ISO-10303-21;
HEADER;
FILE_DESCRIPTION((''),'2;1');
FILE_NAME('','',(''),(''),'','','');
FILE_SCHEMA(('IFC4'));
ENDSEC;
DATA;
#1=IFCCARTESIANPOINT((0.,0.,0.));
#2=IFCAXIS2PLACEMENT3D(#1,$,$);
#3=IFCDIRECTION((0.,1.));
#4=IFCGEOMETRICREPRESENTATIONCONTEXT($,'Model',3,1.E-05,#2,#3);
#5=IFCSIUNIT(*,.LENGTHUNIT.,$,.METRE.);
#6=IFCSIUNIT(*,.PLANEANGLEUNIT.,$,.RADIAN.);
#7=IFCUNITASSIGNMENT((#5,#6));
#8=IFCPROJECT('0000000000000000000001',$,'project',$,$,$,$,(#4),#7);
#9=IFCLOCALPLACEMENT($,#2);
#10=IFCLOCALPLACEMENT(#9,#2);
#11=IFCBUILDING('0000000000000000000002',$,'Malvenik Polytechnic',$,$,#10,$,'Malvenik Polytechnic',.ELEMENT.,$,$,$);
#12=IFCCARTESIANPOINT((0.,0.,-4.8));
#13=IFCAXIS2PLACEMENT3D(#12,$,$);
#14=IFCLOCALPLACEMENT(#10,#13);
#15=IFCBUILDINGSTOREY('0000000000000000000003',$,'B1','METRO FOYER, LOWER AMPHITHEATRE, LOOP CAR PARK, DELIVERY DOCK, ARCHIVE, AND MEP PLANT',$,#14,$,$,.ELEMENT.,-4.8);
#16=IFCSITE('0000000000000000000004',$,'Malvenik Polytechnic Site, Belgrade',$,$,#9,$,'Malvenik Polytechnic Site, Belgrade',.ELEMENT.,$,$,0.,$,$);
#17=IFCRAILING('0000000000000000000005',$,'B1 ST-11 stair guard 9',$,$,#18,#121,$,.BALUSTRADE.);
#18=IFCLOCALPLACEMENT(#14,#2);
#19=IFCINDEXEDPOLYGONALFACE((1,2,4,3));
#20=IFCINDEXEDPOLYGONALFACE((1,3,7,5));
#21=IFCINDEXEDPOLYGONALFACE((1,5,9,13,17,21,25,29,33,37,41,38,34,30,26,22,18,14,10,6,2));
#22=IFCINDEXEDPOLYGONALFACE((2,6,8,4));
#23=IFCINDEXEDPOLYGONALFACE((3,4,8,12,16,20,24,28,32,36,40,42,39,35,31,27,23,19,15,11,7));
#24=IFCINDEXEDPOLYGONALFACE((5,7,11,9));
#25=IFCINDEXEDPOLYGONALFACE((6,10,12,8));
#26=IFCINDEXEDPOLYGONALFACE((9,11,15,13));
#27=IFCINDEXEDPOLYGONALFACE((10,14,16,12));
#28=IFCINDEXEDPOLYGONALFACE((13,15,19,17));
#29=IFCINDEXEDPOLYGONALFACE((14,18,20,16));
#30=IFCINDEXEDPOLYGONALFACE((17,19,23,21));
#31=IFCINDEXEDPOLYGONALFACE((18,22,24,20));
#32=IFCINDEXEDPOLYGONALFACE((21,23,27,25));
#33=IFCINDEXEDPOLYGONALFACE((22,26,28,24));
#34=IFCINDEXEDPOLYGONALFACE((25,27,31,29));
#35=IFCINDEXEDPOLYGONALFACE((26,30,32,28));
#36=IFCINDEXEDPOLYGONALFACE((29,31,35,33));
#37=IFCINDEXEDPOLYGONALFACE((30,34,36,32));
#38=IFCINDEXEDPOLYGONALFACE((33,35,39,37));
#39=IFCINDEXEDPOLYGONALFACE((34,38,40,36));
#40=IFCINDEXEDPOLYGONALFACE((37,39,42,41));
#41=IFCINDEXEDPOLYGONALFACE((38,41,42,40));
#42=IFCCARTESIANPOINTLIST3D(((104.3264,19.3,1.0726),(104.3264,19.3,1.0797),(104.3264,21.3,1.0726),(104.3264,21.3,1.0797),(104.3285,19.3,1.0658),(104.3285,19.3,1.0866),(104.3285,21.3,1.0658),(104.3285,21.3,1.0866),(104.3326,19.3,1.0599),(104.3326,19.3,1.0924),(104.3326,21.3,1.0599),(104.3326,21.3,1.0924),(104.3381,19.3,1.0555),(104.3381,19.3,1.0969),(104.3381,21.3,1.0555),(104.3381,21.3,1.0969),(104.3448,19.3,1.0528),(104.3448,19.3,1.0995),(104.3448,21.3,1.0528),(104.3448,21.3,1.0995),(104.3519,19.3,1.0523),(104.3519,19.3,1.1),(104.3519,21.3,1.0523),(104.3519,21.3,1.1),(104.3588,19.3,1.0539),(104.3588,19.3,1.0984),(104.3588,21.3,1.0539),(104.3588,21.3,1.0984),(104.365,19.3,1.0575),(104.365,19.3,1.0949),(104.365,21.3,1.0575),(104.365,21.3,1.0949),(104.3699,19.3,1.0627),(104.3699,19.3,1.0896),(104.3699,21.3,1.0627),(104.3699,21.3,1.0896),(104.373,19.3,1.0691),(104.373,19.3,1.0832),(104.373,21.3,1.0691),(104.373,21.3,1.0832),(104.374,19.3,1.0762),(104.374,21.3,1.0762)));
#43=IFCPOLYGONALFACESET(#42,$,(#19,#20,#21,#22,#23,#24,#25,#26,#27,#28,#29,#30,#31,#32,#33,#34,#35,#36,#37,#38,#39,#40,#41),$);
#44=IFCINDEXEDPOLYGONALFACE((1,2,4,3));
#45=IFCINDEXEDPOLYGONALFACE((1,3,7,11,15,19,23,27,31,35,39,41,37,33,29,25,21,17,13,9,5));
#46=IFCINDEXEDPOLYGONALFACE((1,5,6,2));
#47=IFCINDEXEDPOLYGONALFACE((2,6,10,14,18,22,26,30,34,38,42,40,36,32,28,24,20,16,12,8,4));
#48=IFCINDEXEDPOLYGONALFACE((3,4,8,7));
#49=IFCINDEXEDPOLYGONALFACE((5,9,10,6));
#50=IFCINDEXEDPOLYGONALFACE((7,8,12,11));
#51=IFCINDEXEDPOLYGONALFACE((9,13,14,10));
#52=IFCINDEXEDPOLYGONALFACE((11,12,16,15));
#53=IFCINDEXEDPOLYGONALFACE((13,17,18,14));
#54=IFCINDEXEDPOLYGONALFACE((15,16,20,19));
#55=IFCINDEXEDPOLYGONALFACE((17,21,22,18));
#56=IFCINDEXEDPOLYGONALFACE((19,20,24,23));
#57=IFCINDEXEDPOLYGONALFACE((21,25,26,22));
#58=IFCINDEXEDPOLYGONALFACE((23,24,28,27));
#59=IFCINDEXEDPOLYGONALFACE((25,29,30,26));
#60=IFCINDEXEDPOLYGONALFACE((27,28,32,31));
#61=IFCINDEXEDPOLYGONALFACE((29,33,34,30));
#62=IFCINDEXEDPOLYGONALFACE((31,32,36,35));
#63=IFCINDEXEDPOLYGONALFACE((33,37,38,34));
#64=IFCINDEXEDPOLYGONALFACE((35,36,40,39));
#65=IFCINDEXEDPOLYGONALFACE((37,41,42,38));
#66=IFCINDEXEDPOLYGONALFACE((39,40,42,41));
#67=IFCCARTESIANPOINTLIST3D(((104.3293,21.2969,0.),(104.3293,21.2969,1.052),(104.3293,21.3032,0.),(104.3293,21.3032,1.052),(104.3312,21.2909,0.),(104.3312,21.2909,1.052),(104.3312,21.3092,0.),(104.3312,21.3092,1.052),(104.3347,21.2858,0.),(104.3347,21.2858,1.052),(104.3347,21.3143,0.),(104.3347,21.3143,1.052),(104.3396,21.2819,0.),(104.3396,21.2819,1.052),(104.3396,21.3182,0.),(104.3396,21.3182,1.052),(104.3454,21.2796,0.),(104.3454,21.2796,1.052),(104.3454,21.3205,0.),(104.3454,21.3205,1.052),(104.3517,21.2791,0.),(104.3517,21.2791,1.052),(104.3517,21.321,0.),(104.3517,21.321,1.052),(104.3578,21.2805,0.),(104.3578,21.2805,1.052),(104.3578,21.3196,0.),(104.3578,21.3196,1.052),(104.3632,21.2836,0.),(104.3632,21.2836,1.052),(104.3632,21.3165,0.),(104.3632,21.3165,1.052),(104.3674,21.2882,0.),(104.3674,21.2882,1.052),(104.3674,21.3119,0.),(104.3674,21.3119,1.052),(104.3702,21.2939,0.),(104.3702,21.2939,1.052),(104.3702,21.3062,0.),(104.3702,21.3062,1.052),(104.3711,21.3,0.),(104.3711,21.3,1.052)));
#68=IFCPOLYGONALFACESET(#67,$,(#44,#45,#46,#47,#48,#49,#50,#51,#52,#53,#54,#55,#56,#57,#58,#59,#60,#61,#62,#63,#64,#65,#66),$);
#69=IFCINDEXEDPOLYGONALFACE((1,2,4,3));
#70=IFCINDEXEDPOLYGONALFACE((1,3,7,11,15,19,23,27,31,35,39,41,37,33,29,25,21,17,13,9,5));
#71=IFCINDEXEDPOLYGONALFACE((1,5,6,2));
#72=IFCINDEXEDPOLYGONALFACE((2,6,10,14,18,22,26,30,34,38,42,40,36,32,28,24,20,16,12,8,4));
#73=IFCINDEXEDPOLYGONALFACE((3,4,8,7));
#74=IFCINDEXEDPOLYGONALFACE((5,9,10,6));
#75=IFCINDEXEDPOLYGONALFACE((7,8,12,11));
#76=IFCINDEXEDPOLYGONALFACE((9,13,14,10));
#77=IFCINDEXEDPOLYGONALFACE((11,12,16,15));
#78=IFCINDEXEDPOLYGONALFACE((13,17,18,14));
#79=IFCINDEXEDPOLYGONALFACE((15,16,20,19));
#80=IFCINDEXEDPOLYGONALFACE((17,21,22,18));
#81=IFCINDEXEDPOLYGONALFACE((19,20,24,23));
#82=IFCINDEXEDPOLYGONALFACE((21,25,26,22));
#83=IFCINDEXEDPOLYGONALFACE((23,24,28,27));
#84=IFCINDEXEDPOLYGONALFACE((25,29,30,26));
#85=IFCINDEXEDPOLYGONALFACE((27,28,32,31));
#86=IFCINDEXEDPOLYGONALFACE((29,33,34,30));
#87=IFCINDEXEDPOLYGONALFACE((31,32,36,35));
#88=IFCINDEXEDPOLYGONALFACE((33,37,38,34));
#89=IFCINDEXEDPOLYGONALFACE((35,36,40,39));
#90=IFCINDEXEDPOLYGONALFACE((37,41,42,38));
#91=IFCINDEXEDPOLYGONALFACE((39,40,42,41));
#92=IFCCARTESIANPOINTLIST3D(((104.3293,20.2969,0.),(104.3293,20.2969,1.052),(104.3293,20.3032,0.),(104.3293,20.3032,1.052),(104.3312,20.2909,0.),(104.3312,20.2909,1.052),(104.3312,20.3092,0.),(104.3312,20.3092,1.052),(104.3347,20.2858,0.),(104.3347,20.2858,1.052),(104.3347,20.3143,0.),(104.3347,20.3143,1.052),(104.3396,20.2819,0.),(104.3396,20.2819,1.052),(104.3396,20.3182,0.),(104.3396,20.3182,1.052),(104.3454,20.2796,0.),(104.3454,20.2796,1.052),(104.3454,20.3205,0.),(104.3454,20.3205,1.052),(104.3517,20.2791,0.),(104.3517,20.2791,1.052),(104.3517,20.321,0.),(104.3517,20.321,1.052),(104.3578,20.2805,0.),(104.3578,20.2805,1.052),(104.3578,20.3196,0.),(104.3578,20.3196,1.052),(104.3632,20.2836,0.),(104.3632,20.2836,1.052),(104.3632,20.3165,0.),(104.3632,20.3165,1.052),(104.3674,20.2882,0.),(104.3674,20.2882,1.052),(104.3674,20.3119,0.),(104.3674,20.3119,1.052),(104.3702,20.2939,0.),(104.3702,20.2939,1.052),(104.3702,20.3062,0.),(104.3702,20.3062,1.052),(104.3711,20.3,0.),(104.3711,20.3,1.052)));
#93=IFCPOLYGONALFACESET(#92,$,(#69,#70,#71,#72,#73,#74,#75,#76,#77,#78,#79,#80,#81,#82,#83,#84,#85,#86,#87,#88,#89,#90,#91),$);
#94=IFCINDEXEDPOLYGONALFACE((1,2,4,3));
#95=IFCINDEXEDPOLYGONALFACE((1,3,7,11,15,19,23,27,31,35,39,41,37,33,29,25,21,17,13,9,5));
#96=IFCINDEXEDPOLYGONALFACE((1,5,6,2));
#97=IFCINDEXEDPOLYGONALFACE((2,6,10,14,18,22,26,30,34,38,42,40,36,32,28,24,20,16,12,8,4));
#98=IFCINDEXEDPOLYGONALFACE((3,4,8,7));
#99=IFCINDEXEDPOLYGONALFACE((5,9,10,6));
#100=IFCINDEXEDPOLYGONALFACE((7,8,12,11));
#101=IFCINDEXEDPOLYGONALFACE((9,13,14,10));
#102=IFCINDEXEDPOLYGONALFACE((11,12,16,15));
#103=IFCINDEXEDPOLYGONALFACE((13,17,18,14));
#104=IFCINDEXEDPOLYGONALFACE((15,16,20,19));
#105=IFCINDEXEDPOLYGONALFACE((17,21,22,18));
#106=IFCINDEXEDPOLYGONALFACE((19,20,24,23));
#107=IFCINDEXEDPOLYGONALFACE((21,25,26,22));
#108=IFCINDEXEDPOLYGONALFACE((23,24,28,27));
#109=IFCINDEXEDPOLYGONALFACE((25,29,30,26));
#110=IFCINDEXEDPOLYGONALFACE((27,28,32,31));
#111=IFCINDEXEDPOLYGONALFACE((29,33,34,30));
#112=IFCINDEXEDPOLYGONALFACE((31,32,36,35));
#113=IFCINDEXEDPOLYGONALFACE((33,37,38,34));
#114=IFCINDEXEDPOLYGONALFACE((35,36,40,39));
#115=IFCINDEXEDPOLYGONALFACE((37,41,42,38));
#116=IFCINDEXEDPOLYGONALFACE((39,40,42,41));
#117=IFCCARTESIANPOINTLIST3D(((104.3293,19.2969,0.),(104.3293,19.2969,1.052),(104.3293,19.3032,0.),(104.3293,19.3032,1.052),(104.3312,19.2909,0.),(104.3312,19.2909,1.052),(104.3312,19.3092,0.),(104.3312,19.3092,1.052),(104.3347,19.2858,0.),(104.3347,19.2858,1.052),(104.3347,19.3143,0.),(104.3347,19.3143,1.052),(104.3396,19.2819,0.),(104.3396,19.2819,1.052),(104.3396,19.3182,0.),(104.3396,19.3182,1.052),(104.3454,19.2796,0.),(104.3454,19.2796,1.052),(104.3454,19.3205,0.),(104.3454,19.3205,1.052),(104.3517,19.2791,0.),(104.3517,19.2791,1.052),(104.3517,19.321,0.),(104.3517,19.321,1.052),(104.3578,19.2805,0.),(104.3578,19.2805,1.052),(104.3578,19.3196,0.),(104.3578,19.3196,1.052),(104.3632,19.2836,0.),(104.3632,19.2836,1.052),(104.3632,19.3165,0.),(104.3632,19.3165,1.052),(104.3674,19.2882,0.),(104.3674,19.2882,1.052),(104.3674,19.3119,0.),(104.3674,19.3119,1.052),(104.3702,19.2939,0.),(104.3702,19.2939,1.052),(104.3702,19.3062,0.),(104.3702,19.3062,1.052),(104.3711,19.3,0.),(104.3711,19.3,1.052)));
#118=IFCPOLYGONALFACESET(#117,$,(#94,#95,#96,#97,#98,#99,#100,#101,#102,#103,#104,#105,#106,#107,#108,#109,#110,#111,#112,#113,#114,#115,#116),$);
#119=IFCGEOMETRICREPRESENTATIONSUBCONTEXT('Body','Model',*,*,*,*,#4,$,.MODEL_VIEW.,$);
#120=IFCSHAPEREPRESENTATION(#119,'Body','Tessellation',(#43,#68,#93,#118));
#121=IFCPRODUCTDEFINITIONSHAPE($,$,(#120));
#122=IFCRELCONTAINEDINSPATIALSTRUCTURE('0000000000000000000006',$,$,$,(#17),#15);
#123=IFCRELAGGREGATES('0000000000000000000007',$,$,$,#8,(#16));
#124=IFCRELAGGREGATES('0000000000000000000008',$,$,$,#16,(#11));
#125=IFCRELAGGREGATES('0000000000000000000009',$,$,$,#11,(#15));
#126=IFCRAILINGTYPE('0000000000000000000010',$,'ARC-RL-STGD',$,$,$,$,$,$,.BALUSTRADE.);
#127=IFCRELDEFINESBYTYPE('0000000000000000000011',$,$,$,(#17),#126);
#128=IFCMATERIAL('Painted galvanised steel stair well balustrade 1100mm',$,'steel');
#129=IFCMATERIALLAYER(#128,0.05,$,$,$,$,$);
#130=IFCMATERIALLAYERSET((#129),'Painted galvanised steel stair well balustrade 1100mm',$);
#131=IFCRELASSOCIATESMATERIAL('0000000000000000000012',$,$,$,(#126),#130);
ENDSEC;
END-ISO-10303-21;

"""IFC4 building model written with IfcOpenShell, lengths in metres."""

from ifc_helpers import new_model, si_unit, direction, frame, origin, origin_2d, place, context, subcontext, project, spatial, circle, extrude, material, layer, layer_set, type_object, element, save


model = new_model("IFC4")

# Units and contexts
model_context = context("Model", 3, precision=1e-05, world=origin(), true_north=direction((0.0, 1.0)))
body_context = subcontext(model_context, "Body", "Model", "MODEL_VIEW")
ifc_project = project(units=[si_unit("LENGTHUNIT", "METRE"), si_unit("PLANEANGLEUNIT", "RADIAN")], contexts=[model_context])

# Site, building, storey
site_placement = place(None, origin())
site = spatial("IfcSite", under=ifc_project, at=site_placement, Name="Malvenik Polytechnic Site, Belgrade", LongName="Malvenik Polytechnic Site, Belgrade", CompositionType="ELEMENT", RefElevation=0.0)
building_placement = place(site_placement, origin())
building = spatial("IfcBuilding", under=site, at=building_placement, Name="Malvenik Polytechnic", LongName="Malvenik Polytechnic", CompositionType="ELEMENT")
storey_placement = place(building_placement, frame((0.0, 0.0, -4.8)))
storey = spatial("IfcBuildingStorey", under=building, at=storey_placement, Name="B1", Description="METRO FOYER, LOWER AMPHITHEATRE, LOOP CAR PARK, DELIVERY DOCK, ARCHIVE, AND MEP PLANT", CompositionType="ELEMENT", Elevation=-4.8)

# Railing
ifc_material_1 = material(Name="Painted galvanised steel stair well balustrade 1100mm", Category="steel")
ifc_layer_1 = layer(ifc_material_1, 0.05)
ifc_layer_set_1 = layer_set([ifc_layer_1], Name="Painted galvanised steel stair well balustrade 1100mm")
railing_type_1 = type_object("IfcRailingType", Name="ARC-RL-STGD", PredefinedType="BALUSTRADE", material=ifc_layer_set_1)
railing_1_placement = place(storey_placement, frame((104.3501, 21.3, 0.0)))
element("IfcRailing", 1, at=railing_1_placement, inside=storey, type_object=railing_type_1, Name="B1 ST-11 stair guard 9", PredefinedType="BALUSTRADE", context=body_context, shape_type="SweptSolid", body=[
    extrude(circle(Radius=0.0239, at=origin_2d()), frame((0.0, 0.0, 1.0762), z_axis=(0.0, -1.0, 0.0), x_axis=(1.0, 0.0, 0.0)), (0.0, 0.0, 1.0), 2.0),
    extrude(circle(Radius=0.021, at=origin_2d()), origin(), (0.0, 0.0, 1.0), 1.052),
    extrude(circle(Radius=0.021, at=origin_2d()), frame((0.0, -1.0, 0.0)), (0.0, 0.0, 1.0), 1.052),
    extrude(circle(Radius=0.021, at=origin_2d()), frame((0.0, -2.0, 0.0)), (0.0, 0.0, 1.0), 1.052),
])

save(model, "model.ifc")
